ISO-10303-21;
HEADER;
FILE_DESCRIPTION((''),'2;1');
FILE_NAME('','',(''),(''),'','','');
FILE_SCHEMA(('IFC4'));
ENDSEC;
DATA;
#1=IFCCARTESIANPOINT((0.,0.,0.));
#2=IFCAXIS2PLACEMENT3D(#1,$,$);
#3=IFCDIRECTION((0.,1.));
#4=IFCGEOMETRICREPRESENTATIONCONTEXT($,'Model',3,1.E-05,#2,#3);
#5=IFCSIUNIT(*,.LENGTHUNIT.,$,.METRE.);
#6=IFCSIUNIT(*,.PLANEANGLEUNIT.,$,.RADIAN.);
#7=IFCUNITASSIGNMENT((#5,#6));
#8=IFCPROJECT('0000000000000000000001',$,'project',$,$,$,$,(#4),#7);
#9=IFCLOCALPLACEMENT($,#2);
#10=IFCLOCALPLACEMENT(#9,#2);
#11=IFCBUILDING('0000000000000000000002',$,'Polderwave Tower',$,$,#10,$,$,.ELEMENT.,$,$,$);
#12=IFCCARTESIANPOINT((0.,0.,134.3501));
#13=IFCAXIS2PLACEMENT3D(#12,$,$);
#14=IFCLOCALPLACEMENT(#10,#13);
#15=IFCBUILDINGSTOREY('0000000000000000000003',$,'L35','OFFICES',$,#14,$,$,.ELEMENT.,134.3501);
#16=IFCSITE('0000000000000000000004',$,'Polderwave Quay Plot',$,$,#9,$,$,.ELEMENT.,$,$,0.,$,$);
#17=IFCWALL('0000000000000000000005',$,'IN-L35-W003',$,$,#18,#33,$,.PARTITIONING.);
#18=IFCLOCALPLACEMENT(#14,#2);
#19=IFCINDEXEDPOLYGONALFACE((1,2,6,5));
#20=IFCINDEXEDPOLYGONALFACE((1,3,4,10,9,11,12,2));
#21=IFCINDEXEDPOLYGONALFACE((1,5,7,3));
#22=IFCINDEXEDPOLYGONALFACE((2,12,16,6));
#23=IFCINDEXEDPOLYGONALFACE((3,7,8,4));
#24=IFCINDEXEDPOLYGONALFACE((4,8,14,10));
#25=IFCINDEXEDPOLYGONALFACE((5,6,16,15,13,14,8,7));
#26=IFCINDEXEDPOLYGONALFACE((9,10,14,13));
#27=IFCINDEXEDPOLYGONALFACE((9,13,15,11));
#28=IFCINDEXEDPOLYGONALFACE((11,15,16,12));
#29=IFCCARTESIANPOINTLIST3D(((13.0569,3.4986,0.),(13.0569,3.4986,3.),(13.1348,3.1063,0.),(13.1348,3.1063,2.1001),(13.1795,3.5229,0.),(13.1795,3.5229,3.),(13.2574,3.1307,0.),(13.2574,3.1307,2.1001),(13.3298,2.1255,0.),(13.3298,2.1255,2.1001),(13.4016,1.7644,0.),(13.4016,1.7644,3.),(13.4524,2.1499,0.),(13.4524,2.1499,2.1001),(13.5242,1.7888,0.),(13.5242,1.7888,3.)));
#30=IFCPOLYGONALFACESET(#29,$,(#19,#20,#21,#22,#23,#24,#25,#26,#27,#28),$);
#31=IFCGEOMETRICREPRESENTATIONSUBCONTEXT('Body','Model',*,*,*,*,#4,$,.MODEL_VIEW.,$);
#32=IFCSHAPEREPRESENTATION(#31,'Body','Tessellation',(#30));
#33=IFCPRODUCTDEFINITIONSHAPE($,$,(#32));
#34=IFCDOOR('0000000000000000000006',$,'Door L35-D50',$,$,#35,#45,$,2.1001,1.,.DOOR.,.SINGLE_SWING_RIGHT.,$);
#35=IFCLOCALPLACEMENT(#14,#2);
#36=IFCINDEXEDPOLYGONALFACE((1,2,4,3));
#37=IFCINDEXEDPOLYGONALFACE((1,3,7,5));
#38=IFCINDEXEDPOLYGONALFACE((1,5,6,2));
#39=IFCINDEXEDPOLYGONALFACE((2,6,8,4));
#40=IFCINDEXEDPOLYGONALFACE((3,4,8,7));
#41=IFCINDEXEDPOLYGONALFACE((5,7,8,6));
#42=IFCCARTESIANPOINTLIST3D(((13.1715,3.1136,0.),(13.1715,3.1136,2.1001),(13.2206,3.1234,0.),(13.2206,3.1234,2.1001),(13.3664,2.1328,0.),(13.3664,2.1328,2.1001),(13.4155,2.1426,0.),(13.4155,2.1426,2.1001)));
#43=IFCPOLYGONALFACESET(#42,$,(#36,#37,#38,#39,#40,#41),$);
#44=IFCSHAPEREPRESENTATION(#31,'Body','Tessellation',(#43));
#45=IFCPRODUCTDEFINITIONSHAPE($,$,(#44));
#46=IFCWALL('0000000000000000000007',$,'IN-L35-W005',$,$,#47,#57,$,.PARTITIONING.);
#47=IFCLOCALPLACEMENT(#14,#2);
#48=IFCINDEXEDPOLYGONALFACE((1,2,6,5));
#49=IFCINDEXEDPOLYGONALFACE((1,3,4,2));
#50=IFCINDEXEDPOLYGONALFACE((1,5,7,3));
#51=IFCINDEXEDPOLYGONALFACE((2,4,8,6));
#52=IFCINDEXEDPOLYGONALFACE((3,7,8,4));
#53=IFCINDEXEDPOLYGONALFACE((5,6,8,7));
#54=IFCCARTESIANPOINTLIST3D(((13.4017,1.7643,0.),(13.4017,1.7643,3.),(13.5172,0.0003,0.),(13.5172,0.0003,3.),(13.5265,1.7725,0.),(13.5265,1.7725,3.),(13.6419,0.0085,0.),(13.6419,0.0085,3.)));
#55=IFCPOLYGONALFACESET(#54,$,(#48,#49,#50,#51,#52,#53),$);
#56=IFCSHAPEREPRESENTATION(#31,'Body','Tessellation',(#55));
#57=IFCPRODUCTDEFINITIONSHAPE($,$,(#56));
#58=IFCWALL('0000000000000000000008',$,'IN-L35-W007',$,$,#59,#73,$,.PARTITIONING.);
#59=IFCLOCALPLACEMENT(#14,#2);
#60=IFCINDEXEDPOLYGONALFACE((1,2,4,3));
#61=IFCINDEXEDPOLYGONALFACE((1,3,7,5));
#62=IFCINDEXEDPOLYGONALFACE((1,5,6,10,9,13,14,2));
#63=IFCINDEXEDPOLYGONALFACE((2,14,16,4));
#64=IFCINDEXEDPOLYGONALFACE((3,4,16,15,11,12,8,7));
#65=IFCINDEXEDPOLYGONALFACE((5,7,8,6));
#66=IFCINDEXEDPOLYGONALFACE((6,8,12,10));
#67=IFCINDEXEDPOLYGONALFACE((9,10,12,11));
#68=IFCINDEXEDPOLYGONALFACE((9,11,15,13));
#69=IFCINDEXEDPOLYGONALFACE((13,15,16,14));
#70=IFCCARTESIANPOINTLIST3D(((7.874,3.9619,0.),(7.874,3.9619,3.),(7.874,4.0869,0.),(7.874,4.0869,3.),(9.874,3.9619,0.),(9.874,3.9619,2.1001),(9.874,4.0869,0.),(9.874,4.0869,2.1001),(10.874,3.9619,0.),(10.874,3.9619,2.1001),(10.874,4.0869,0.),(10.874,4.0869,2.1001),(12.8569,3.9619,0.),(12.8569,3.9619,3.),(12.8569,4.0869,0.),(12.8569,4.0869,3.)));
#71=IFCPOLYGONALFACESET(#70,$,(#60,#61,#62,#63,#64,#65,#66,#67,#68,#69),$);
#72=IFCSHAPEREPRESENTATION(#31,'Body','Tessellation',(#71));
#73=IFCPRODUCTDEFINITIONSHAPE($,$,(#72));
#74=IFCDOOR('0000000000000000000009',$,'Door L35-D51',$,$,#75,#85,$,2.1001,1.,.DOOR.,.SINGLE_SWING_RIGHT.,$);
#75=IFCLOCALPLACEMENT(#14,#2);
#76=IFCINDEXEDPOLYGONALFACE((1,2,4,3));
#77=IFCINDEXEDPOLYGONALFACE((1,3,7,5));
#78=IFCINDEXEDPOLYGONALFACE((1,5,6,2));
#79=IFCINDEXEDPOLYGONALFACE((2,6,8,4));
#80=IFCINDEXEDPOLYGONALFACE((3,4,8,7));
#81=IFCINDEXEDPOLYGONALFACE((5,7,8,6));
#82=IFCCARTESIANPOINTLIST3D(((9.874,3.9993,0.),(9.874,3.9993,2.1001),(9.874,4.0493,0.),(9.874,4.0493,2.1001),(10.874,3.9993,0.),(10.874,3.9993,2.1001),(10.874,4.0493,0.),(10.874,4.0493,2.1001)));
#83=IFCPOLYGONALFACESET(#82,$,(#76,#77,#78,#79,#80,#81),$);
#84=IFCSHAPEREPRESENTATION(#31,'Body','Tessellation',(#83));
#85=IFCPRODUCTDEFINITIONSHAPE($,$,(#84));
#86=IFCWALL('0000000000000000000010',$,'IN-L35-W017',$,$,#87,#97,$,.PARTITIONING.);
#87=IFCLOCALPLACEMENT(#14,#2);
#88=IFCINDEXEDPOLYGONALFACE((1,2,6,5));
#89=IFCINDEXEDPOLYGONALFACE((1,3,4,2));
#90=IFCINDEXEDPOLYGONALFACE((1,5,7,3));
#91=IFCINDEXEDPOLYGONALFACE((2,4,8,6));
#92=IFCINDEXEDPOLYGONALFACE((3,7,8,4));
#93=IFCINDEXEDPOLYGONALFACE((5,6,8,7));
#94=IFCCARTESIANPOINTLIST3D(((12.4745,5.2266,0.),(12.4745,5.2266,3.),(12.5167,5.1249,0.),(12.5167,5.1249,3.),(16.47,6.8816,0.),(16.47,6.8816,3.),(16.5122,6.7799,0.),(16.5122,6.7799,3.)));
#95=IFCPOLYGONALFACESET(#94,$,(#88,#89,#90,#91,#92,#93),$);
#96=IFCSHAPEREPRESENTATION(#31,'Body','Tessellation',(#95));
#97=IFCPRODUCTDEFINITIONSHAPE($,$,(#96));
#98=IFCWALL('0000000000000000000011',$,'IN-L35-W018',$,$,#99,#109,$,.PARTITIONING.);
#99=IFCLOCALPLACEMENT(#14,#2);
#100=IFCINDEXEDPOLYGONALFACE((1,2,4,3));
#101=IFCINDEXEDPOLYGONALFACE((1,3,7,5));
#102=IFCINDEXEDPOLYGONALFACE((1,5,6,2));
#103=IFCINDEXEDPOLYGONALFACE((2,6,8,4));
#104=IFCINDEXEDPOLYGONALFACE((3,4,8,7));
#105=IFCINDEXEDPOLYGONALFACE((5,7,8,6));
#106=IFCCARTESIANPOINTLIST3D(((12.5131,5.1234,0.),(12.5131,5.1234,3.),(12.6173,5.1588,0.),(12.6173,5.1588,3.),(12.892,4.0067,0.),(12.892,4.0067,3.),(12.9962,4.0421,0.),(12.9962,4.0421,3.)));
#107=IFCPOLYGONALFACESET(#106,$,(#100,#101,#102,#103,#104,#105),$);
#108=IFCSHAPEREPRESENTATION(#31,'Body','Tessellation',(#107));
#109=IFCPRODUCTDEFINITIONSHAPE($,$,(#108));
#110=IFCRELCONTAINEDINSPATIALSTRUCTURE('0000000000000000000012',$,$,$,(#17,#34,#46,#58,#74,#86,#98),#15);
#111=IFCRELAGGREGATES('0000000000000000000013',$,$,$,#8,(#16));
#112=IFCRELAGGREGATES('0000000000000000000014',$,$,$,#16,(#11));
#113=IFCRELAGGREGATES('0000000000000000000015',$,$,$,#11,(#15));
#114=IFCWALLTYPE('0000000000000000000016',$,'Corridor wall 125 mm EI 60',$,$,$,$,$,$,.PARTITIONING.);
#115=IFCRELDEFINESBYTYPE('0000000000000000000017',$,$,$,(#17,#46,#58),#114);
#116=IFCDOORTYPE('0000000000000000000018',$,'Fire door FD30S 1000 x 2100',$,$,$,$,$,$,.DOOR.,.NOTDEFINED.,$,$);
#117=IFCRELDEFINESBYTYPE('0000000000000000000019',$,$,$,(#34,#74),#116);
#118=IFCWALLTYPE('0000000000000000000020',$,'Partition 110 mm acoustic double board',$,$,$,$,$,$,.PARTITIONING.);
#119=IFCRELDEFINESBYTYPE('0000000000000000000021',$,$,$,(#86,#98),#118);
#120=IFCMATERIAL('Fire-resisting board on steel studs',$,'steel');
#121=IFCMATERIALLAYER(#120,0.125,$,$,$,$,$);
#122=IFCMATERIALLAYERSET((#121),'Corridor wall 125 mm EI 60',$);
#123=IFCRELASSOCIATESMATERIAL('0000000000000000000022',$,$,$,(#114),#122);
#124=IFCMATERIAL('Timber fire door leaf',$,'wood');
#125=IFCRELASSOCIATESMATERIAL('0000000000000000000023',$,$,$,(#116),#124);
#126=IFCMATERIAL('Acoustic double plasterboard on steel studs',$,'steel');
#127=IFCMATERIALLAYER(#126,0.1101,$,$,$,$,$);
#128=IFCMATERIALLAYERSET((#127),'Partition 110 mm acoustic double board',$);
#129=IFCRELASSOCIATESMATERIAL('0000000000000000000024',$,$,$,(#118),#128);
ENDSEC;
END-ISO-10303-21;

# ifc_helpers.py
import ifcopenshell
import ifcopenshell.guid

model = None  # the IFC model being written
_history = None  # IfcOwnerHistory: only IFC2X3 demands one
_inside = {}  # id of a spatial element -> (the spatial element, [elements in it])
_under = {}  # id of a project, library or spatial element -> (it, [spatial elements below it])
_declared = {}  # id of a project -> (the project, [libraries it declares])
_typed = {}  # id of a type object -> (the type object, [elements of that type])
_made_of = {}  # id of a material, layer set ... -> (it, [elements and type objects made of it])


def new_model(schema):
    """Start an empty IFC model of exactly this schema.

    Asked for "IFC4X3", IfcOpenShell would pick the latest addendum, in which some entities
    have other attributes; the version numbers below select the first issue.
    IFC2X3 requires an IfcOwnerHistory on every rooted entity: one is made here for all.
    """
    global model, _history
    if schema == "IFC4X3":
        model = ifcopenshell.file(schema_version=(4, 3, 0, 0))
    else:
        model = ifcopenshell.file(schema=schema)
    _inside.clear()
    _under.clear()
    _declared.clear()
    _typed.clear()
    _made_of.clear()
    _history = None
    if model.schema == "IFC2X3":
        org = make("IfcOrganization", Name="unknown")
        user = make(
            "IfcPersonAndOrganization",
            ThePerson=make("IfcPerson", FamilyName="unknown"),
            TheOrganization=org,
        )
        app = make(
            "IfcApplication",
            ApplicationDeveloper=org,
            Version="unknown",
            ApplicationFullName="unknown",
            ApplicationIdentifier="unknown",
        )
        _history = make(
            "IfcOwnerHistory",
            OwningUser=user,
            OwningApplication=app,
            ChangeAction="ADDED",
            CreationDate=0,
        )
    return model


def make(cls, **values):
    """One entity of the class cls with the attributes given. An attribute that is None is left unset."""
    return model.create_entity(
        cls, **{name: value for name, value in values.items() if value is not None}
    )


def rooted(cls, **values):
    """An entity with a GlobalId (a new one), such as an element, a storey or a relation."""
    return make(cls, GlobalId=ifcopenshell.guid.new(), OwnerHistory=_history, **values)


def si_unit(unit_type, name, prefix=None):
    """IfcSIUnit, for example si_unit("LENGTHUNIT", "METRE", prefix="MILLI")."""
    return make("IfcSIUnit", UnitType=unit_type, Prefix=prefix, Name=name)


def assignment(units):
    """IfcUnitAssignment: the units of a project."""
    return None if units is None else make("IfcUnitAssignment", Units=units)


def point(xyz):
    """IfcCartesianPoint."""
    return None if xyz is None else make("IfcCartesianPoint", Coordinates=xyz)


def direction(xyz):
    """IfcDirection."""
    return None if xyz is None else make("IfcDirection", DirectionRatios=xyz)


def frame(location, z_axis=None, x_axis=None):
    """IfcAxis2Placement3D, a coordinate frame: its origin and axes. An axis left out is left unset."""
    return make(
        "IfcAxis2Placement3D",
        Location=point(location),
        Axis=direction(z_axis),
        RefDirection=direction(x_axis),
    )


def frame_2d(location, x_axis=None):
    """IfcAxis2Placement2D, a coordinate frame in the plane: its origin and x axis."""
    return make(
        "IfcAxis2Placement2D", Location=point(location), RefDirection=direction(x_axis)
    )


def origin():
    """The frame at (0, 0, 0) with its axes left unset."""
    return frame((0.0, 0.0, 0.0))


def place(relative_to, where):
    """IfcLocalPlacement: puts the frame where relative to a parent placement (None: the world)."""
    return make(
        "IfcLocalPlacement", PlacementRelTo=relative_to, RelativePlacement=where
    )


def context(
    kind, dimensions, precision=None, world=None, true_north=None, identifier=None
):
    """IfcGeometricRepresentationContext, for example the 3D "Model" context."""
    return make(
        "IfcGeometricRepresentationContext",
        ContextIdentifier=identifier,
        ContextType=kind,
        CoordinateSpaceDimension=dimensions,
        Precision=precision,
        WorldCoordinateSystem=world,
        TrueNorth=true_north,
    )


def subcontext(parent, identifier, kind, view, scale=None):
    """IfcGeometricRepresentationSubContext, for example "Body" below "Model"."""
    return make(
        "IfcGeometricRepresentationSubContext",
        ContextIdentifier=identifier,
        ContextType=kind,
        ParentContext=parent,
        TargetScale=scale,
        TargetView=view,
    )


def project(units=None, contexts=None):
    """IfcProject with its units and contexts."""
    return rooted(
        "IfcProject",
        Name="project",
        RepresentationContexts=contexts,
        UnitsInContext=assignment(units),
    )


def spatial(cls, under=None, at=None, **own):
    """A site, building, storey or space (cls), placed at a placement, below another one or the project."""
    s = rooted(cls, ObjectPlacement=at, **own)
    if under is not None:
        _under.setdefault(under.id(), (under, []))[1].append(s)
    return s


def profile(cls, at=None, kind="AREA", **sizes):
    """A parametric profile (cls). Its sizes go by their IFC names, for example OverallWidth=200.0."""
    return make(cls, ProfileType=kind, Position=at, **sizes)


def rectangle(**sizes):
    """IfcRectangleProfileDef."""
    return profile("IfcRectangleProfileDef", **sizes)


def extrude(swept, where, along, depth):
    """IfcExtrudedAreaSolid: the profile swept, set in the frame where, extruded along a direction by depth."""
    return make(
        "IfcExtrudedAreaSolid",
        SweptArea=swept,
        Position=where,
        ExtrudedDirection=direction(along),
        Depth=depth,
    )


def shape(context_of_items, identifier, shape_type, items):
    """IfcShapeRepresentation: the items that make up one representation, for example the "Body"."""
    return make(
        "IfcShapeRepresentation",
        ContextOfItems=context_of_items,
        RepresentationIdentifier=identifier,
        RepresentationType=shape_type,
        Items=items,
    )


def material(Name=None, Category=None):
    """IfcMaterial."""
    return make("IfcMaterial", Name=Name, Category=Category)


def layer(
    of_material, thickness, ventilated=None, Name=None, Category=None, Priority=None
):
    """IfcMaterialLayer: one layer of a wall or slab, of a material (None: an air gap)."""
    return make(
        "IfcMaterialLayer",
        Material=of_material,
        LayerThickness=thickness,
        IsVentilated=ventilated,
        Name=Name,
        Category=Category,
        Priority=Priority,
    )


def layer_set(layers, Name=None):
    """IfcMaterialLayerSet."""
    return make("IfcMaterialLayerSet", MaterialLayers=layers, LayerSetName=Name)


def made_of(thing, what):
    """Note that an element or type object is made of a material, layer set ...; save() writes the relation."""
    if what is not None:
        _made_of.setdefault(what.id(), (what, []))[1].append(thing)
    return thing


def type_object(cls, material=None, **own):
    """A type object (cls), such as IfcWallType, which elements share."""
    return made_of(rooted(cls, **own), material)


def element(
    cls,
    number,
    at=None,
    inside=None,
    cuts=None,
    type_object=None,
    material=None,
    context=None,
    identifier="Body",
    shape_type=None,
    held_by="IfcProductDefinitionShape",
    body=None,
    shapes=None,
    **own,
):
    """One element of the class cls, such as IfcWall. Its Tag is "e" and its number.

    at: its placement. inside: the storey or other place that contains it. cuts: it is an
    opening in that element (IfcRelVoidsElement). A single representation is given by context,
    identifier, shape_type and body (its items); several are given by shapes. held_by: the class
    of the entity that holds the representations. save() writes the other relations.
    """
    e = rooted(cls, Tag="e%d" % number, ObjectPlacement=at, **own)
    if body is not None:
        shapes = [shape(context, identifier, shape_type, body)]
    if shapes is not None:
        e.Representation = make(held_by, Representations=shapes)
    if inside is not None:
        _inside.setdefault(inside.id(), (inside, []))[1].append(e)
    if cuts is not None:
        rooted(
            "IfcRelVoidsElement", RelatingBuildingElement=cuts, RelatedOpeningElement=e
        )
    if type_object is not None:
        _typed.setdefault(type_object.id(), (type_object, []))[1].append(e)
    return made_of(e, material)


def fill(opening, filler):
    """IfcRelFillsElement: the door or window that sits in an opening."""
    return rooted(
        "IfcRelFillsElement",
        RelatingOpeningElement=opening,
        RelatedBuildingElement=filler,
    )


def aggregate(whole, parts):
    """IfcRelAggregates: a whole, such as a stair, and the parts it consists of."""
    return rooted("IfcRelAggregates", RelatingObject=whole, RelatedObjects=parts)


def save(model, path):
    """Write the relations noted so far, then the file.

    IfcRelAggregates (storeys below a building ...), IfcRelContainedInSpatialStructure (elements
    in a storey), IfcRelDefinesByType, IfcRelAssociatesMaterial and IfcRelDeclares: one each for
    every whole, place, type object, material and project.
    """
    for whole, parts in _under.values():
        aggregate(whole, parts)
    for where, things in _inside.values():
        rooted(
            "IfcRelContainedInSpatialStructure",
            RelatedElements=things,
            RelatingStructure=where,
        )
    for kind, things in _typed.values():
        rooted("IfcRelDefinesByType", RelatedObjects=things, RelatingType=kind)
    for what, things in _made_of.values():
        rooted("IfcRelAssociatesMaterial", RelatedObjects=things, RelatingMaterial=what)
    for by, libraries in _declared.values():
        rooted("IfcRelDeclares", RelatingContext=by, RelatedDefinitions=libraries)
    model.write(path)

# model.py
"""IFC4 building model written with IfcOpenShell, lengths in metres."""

from ifc_helpers import new_model, si_unit, direction, frame, frame_2d, origin, place, context, subcontext, project, spatial, rectangle, extrude, material, layer, layer_set, type_object, element, fill, save


model = new_model("IFC4")

# Units and contexts
model_context = context("Model", 3, precision=1e-05, world=origin(), true_north=direction((0.0, 1.0)))
body_context = subcontext(model_context, "Body", "Model", "MODEL_VIEW")
ifc_project = project(units=[si_unit("LENGTHUNIT", "METRE"), si_unit("PLANEANGLEUNIT", "RADIAN")], contexts=[model_context])

# Site, building, storey
site_placement = place(None, origin())
site = spatial("IfcSite", under=ifc_project, at=site_placement, Name="Polderwave Quay Plot", CompositionType="ELEMENT", RefElevation=0.0)
building_placement = place(site_placement, origin())
building = spatial("IfcBuilding", under=site, at=building_placement, Name="Polderwave Tower", CompositionType="ELEMENT")
storey_placement = place(building_placement, frame((0.0, 0.0, 134.3501)))
storey = spatial("IfcBuildingStorey", under=building, at=storey_placement, Name="L35", Description="OFFICES", CompositionType="ELEMENT", Elevation=134.3501)

# Shared definitions
ifc_material_1 = material(Name="Fire-resisting board on steel studs", Category="steel")
ifc_layer_1 = layer(ifc_material_1, 0.125)
ifc_layer_set_1 = layer_set([ifc_layer_1], Name="Corridor wall 125 mm EI 60")
wall_type_1 = type_object("IfcWallType", Name="Corridor wall 125 mm EI 60", PredefinedType="PARTITIONING", material=ifc_layer_set_1)

# Wall, opening, door
wall_1_placement = place(storey_placement, frame((13.1182, 3.5107, 0.0), z_axis=(0.0, 0.0, 1.0), x_axis=(0.194974, -0.980808, 0.0)))
wall_1 = element("IfcWall", 1, at=wall_1_placement, inside=storey, type_object=wall_type_1, Name="IN-L35-W003", PredefinedType="PARTITIONING", context=body_context, shape_type="SweptSolid", body=[
    extrude(rectangle(XDim=1.7681, YDim=0.125, at=frame_2d((0.884, 0.0))), origin(), (0.0, 0.0, 1.0), 3.0),
])
opening_1_placement = place(wall_1_placement, frame((0.3999, 0.0, 0.0)))
opening_1 = element("IfcOpeningElement", 2, at=opening_1_placement, cuts=wall_1, PredefinedType="OPENING", context=body_context, shape_type="SweptSolid", body=[
    extrude(rectangle(XDim=1.0, YDim=2.1001, at=frame_2d((0.5, 1.05))), frame((0.0, 0.0725, 0.0), z_axis=(0.0, -1.0, 0.0), x_axis=(1.0, 0.0, 0.0)), (0.0, 0.0, 1.0), 0.145),
])
ifc_material_2 = material(Name="Timber fire door leaf", Category="wood")
door_type = type_object("IfcDoorType", Name="Fire door FD30S 1000 x 2100", OperationType="NOTDEFINED", PredefinedType="DOOR", material=ifc_material_2)
door_1_placement = place(opening_1_placement, origin())
door_1 = element("IfcDoor", 3, at=door_1_placement, inside=storey, type_object=door_type, Name="Door L35-D50", OperationType="SINGLE_SWING_RIGHT", OverallHeight=2.1001, OverallWidth=1.0, PredefinedType="DOOR", context=body_context, shape_type="SweptSolid", body=[
    extrude(rectangle(XDim=1.0, YDim=2.1001, at=frame_2d((0.5, 1.05))), frame((0.0, 0.0249, 0.0), z_axis=(0.0, -1.0, 0.0), x_axis=(1.0, 0.0, 0.0)), (0.0, 0.0, 1.0), 0.05),
])
fill(opening_1, door_1)

# Wall
wall_2_placement = place(storey_placement, frame((13.4641, 1.7683, 0.0), z_axis=(0.0, 0.0, 1.0), x_axis=(0.065318, -0.997864, 0.0)))
element("IfcWall", 4, at=wall_2_placement, inside=storey, type_object=wall_type_1, Name="IN-L35-W005", PredefinedType="PARTITIONING", context=body_context, shape_type="SweptSolid", body=[
    extrude(rectangle(XDim=1.7678, YDim=0.125, at=frame_2d((0.8838, 0.0))), origin(), (0.0, 0.0, 1.0), 3.0),
])

# Wall, opening, door
wall_3_placement = place(storey_placement, frame((7.874, 4.0244, 0.0), z_axis=(0.0, 0.0, 1.0), x_axis=(1.0, 0.0, 0.0)))
wall_3 = element("IfcWall", 5, at=wall_3_placement, inside=storey, type_object=wall_type_1, Name="IN-L35-W007", PredefinedType="PARTITIONING", context=body_context, shape_type="SweptSolid", body=[
    extrude(rectangle(XDim=4.9829, YDim=0.125, at=frame_2d((2.4915, 0.0))), origin(), (0.0, 0.0, 1.0), 3.0),
])
opening_2_placement = place(wall_3_placement, frame((2.0, 0.0, 0.0)))
opening_2 = element("IfcOpeningElement", 6, at=opening_2_placement, cuts=wall_3, PredefinedType="OPENING", context=body_context, shape_type="SweptSolid", body=[
    extrude(rectangle(XDim=1.0, YDim=2.1001, at=frame_2d((0.5, 1.05))), frame((0.0, 0.0725, 0.0), z_axis=(0.0, -1.0, 0.0), x_axis=(1.0, 0.0, 0.0)), (0.0, 0.0, 1.0), 0.145),
])
door_2_placement = place(opening_2_placement, origin())
door_2 = element("IfcDoor", 7, at=door_2_placement, inside=storey, type_object=door_type, Name="Door L35-D51", OperationType="SINGLE_SWING_RIGHT", OverallHeight=2.1001, OverallWidth=1.0, PredefinedType="DOOR", context=body_context, shape_type="SweptSolid", body=[
    extrude(rectangle(XDim=1.0, YDim=2.1001, at=frame_2d((0.5, 1.05))), frame((0.0, 0.0249, 0.0), z_axis=(0.0, -1.0, 0.0), x_axis=(1.0, 0.0, 0.0)), (0.0, 0.0, 1.0), 0.05),
])
fill(opening_2, door_2)

# Walls
ifc_material_3 = material(Name="Acoustic double plasterboard on steel studs", Category="steel")
ifc_layer_2 = layer(ifc_material_3, 0.1101)
ifc_layer_set_2 = layer_set([ifc_layer_2], Name="Partition 110 mm acoustic double board")
wall_type_2 = type_object("IfcWallType", Name="Partition 110 mm acoustic double board", PredefinedType="PARTITIONING", material=ifc_layer_set_2)
wall_4_placement = place(storey_placement, frame((12.4956, 5.1758, 0.0), z_axis=(0.0, 0.0, 1.0), x_axis=(0.92388, 0.382683, 0.0)))
element("IfcWall", 8, at=wall_4_placement, inside=storey, type_object=wall_type_2, Name="IN-L35-W017", PredefinedType="PARTITIONING", context=body_context, shape_type="SweptSolid", body=[
    extrude(rectangle(XDim=4.3247, YDim=0.1101, at=frame_2d((2.1624, 0.0))), origin(), (0.0, 0.0, 1.0), 3.0),
])
wall_5_placement = place(storey_placement, frame((12.9441, 4.0244, 0.0), z_axis=(0.0, 0.0, 1.0), x_axis=(-0.321316, 0.946972, 0.0)))
element("IfcWall", 9, at=wall_5_placement, inside=storey, type_object=wall_type_2, Name="IN-L35-W018", PredefinedType="PARTITIONING", context=body_context, shape_type="SweptSolid", body=[
    extrude(rectangle(XDim=1.1792, YDim=0.1101, at=frame_2d((0.5896, 0.0))), origin(), (0.0, 0.0, 1.0), 3.0),
])

save(model, "model.ifc")
